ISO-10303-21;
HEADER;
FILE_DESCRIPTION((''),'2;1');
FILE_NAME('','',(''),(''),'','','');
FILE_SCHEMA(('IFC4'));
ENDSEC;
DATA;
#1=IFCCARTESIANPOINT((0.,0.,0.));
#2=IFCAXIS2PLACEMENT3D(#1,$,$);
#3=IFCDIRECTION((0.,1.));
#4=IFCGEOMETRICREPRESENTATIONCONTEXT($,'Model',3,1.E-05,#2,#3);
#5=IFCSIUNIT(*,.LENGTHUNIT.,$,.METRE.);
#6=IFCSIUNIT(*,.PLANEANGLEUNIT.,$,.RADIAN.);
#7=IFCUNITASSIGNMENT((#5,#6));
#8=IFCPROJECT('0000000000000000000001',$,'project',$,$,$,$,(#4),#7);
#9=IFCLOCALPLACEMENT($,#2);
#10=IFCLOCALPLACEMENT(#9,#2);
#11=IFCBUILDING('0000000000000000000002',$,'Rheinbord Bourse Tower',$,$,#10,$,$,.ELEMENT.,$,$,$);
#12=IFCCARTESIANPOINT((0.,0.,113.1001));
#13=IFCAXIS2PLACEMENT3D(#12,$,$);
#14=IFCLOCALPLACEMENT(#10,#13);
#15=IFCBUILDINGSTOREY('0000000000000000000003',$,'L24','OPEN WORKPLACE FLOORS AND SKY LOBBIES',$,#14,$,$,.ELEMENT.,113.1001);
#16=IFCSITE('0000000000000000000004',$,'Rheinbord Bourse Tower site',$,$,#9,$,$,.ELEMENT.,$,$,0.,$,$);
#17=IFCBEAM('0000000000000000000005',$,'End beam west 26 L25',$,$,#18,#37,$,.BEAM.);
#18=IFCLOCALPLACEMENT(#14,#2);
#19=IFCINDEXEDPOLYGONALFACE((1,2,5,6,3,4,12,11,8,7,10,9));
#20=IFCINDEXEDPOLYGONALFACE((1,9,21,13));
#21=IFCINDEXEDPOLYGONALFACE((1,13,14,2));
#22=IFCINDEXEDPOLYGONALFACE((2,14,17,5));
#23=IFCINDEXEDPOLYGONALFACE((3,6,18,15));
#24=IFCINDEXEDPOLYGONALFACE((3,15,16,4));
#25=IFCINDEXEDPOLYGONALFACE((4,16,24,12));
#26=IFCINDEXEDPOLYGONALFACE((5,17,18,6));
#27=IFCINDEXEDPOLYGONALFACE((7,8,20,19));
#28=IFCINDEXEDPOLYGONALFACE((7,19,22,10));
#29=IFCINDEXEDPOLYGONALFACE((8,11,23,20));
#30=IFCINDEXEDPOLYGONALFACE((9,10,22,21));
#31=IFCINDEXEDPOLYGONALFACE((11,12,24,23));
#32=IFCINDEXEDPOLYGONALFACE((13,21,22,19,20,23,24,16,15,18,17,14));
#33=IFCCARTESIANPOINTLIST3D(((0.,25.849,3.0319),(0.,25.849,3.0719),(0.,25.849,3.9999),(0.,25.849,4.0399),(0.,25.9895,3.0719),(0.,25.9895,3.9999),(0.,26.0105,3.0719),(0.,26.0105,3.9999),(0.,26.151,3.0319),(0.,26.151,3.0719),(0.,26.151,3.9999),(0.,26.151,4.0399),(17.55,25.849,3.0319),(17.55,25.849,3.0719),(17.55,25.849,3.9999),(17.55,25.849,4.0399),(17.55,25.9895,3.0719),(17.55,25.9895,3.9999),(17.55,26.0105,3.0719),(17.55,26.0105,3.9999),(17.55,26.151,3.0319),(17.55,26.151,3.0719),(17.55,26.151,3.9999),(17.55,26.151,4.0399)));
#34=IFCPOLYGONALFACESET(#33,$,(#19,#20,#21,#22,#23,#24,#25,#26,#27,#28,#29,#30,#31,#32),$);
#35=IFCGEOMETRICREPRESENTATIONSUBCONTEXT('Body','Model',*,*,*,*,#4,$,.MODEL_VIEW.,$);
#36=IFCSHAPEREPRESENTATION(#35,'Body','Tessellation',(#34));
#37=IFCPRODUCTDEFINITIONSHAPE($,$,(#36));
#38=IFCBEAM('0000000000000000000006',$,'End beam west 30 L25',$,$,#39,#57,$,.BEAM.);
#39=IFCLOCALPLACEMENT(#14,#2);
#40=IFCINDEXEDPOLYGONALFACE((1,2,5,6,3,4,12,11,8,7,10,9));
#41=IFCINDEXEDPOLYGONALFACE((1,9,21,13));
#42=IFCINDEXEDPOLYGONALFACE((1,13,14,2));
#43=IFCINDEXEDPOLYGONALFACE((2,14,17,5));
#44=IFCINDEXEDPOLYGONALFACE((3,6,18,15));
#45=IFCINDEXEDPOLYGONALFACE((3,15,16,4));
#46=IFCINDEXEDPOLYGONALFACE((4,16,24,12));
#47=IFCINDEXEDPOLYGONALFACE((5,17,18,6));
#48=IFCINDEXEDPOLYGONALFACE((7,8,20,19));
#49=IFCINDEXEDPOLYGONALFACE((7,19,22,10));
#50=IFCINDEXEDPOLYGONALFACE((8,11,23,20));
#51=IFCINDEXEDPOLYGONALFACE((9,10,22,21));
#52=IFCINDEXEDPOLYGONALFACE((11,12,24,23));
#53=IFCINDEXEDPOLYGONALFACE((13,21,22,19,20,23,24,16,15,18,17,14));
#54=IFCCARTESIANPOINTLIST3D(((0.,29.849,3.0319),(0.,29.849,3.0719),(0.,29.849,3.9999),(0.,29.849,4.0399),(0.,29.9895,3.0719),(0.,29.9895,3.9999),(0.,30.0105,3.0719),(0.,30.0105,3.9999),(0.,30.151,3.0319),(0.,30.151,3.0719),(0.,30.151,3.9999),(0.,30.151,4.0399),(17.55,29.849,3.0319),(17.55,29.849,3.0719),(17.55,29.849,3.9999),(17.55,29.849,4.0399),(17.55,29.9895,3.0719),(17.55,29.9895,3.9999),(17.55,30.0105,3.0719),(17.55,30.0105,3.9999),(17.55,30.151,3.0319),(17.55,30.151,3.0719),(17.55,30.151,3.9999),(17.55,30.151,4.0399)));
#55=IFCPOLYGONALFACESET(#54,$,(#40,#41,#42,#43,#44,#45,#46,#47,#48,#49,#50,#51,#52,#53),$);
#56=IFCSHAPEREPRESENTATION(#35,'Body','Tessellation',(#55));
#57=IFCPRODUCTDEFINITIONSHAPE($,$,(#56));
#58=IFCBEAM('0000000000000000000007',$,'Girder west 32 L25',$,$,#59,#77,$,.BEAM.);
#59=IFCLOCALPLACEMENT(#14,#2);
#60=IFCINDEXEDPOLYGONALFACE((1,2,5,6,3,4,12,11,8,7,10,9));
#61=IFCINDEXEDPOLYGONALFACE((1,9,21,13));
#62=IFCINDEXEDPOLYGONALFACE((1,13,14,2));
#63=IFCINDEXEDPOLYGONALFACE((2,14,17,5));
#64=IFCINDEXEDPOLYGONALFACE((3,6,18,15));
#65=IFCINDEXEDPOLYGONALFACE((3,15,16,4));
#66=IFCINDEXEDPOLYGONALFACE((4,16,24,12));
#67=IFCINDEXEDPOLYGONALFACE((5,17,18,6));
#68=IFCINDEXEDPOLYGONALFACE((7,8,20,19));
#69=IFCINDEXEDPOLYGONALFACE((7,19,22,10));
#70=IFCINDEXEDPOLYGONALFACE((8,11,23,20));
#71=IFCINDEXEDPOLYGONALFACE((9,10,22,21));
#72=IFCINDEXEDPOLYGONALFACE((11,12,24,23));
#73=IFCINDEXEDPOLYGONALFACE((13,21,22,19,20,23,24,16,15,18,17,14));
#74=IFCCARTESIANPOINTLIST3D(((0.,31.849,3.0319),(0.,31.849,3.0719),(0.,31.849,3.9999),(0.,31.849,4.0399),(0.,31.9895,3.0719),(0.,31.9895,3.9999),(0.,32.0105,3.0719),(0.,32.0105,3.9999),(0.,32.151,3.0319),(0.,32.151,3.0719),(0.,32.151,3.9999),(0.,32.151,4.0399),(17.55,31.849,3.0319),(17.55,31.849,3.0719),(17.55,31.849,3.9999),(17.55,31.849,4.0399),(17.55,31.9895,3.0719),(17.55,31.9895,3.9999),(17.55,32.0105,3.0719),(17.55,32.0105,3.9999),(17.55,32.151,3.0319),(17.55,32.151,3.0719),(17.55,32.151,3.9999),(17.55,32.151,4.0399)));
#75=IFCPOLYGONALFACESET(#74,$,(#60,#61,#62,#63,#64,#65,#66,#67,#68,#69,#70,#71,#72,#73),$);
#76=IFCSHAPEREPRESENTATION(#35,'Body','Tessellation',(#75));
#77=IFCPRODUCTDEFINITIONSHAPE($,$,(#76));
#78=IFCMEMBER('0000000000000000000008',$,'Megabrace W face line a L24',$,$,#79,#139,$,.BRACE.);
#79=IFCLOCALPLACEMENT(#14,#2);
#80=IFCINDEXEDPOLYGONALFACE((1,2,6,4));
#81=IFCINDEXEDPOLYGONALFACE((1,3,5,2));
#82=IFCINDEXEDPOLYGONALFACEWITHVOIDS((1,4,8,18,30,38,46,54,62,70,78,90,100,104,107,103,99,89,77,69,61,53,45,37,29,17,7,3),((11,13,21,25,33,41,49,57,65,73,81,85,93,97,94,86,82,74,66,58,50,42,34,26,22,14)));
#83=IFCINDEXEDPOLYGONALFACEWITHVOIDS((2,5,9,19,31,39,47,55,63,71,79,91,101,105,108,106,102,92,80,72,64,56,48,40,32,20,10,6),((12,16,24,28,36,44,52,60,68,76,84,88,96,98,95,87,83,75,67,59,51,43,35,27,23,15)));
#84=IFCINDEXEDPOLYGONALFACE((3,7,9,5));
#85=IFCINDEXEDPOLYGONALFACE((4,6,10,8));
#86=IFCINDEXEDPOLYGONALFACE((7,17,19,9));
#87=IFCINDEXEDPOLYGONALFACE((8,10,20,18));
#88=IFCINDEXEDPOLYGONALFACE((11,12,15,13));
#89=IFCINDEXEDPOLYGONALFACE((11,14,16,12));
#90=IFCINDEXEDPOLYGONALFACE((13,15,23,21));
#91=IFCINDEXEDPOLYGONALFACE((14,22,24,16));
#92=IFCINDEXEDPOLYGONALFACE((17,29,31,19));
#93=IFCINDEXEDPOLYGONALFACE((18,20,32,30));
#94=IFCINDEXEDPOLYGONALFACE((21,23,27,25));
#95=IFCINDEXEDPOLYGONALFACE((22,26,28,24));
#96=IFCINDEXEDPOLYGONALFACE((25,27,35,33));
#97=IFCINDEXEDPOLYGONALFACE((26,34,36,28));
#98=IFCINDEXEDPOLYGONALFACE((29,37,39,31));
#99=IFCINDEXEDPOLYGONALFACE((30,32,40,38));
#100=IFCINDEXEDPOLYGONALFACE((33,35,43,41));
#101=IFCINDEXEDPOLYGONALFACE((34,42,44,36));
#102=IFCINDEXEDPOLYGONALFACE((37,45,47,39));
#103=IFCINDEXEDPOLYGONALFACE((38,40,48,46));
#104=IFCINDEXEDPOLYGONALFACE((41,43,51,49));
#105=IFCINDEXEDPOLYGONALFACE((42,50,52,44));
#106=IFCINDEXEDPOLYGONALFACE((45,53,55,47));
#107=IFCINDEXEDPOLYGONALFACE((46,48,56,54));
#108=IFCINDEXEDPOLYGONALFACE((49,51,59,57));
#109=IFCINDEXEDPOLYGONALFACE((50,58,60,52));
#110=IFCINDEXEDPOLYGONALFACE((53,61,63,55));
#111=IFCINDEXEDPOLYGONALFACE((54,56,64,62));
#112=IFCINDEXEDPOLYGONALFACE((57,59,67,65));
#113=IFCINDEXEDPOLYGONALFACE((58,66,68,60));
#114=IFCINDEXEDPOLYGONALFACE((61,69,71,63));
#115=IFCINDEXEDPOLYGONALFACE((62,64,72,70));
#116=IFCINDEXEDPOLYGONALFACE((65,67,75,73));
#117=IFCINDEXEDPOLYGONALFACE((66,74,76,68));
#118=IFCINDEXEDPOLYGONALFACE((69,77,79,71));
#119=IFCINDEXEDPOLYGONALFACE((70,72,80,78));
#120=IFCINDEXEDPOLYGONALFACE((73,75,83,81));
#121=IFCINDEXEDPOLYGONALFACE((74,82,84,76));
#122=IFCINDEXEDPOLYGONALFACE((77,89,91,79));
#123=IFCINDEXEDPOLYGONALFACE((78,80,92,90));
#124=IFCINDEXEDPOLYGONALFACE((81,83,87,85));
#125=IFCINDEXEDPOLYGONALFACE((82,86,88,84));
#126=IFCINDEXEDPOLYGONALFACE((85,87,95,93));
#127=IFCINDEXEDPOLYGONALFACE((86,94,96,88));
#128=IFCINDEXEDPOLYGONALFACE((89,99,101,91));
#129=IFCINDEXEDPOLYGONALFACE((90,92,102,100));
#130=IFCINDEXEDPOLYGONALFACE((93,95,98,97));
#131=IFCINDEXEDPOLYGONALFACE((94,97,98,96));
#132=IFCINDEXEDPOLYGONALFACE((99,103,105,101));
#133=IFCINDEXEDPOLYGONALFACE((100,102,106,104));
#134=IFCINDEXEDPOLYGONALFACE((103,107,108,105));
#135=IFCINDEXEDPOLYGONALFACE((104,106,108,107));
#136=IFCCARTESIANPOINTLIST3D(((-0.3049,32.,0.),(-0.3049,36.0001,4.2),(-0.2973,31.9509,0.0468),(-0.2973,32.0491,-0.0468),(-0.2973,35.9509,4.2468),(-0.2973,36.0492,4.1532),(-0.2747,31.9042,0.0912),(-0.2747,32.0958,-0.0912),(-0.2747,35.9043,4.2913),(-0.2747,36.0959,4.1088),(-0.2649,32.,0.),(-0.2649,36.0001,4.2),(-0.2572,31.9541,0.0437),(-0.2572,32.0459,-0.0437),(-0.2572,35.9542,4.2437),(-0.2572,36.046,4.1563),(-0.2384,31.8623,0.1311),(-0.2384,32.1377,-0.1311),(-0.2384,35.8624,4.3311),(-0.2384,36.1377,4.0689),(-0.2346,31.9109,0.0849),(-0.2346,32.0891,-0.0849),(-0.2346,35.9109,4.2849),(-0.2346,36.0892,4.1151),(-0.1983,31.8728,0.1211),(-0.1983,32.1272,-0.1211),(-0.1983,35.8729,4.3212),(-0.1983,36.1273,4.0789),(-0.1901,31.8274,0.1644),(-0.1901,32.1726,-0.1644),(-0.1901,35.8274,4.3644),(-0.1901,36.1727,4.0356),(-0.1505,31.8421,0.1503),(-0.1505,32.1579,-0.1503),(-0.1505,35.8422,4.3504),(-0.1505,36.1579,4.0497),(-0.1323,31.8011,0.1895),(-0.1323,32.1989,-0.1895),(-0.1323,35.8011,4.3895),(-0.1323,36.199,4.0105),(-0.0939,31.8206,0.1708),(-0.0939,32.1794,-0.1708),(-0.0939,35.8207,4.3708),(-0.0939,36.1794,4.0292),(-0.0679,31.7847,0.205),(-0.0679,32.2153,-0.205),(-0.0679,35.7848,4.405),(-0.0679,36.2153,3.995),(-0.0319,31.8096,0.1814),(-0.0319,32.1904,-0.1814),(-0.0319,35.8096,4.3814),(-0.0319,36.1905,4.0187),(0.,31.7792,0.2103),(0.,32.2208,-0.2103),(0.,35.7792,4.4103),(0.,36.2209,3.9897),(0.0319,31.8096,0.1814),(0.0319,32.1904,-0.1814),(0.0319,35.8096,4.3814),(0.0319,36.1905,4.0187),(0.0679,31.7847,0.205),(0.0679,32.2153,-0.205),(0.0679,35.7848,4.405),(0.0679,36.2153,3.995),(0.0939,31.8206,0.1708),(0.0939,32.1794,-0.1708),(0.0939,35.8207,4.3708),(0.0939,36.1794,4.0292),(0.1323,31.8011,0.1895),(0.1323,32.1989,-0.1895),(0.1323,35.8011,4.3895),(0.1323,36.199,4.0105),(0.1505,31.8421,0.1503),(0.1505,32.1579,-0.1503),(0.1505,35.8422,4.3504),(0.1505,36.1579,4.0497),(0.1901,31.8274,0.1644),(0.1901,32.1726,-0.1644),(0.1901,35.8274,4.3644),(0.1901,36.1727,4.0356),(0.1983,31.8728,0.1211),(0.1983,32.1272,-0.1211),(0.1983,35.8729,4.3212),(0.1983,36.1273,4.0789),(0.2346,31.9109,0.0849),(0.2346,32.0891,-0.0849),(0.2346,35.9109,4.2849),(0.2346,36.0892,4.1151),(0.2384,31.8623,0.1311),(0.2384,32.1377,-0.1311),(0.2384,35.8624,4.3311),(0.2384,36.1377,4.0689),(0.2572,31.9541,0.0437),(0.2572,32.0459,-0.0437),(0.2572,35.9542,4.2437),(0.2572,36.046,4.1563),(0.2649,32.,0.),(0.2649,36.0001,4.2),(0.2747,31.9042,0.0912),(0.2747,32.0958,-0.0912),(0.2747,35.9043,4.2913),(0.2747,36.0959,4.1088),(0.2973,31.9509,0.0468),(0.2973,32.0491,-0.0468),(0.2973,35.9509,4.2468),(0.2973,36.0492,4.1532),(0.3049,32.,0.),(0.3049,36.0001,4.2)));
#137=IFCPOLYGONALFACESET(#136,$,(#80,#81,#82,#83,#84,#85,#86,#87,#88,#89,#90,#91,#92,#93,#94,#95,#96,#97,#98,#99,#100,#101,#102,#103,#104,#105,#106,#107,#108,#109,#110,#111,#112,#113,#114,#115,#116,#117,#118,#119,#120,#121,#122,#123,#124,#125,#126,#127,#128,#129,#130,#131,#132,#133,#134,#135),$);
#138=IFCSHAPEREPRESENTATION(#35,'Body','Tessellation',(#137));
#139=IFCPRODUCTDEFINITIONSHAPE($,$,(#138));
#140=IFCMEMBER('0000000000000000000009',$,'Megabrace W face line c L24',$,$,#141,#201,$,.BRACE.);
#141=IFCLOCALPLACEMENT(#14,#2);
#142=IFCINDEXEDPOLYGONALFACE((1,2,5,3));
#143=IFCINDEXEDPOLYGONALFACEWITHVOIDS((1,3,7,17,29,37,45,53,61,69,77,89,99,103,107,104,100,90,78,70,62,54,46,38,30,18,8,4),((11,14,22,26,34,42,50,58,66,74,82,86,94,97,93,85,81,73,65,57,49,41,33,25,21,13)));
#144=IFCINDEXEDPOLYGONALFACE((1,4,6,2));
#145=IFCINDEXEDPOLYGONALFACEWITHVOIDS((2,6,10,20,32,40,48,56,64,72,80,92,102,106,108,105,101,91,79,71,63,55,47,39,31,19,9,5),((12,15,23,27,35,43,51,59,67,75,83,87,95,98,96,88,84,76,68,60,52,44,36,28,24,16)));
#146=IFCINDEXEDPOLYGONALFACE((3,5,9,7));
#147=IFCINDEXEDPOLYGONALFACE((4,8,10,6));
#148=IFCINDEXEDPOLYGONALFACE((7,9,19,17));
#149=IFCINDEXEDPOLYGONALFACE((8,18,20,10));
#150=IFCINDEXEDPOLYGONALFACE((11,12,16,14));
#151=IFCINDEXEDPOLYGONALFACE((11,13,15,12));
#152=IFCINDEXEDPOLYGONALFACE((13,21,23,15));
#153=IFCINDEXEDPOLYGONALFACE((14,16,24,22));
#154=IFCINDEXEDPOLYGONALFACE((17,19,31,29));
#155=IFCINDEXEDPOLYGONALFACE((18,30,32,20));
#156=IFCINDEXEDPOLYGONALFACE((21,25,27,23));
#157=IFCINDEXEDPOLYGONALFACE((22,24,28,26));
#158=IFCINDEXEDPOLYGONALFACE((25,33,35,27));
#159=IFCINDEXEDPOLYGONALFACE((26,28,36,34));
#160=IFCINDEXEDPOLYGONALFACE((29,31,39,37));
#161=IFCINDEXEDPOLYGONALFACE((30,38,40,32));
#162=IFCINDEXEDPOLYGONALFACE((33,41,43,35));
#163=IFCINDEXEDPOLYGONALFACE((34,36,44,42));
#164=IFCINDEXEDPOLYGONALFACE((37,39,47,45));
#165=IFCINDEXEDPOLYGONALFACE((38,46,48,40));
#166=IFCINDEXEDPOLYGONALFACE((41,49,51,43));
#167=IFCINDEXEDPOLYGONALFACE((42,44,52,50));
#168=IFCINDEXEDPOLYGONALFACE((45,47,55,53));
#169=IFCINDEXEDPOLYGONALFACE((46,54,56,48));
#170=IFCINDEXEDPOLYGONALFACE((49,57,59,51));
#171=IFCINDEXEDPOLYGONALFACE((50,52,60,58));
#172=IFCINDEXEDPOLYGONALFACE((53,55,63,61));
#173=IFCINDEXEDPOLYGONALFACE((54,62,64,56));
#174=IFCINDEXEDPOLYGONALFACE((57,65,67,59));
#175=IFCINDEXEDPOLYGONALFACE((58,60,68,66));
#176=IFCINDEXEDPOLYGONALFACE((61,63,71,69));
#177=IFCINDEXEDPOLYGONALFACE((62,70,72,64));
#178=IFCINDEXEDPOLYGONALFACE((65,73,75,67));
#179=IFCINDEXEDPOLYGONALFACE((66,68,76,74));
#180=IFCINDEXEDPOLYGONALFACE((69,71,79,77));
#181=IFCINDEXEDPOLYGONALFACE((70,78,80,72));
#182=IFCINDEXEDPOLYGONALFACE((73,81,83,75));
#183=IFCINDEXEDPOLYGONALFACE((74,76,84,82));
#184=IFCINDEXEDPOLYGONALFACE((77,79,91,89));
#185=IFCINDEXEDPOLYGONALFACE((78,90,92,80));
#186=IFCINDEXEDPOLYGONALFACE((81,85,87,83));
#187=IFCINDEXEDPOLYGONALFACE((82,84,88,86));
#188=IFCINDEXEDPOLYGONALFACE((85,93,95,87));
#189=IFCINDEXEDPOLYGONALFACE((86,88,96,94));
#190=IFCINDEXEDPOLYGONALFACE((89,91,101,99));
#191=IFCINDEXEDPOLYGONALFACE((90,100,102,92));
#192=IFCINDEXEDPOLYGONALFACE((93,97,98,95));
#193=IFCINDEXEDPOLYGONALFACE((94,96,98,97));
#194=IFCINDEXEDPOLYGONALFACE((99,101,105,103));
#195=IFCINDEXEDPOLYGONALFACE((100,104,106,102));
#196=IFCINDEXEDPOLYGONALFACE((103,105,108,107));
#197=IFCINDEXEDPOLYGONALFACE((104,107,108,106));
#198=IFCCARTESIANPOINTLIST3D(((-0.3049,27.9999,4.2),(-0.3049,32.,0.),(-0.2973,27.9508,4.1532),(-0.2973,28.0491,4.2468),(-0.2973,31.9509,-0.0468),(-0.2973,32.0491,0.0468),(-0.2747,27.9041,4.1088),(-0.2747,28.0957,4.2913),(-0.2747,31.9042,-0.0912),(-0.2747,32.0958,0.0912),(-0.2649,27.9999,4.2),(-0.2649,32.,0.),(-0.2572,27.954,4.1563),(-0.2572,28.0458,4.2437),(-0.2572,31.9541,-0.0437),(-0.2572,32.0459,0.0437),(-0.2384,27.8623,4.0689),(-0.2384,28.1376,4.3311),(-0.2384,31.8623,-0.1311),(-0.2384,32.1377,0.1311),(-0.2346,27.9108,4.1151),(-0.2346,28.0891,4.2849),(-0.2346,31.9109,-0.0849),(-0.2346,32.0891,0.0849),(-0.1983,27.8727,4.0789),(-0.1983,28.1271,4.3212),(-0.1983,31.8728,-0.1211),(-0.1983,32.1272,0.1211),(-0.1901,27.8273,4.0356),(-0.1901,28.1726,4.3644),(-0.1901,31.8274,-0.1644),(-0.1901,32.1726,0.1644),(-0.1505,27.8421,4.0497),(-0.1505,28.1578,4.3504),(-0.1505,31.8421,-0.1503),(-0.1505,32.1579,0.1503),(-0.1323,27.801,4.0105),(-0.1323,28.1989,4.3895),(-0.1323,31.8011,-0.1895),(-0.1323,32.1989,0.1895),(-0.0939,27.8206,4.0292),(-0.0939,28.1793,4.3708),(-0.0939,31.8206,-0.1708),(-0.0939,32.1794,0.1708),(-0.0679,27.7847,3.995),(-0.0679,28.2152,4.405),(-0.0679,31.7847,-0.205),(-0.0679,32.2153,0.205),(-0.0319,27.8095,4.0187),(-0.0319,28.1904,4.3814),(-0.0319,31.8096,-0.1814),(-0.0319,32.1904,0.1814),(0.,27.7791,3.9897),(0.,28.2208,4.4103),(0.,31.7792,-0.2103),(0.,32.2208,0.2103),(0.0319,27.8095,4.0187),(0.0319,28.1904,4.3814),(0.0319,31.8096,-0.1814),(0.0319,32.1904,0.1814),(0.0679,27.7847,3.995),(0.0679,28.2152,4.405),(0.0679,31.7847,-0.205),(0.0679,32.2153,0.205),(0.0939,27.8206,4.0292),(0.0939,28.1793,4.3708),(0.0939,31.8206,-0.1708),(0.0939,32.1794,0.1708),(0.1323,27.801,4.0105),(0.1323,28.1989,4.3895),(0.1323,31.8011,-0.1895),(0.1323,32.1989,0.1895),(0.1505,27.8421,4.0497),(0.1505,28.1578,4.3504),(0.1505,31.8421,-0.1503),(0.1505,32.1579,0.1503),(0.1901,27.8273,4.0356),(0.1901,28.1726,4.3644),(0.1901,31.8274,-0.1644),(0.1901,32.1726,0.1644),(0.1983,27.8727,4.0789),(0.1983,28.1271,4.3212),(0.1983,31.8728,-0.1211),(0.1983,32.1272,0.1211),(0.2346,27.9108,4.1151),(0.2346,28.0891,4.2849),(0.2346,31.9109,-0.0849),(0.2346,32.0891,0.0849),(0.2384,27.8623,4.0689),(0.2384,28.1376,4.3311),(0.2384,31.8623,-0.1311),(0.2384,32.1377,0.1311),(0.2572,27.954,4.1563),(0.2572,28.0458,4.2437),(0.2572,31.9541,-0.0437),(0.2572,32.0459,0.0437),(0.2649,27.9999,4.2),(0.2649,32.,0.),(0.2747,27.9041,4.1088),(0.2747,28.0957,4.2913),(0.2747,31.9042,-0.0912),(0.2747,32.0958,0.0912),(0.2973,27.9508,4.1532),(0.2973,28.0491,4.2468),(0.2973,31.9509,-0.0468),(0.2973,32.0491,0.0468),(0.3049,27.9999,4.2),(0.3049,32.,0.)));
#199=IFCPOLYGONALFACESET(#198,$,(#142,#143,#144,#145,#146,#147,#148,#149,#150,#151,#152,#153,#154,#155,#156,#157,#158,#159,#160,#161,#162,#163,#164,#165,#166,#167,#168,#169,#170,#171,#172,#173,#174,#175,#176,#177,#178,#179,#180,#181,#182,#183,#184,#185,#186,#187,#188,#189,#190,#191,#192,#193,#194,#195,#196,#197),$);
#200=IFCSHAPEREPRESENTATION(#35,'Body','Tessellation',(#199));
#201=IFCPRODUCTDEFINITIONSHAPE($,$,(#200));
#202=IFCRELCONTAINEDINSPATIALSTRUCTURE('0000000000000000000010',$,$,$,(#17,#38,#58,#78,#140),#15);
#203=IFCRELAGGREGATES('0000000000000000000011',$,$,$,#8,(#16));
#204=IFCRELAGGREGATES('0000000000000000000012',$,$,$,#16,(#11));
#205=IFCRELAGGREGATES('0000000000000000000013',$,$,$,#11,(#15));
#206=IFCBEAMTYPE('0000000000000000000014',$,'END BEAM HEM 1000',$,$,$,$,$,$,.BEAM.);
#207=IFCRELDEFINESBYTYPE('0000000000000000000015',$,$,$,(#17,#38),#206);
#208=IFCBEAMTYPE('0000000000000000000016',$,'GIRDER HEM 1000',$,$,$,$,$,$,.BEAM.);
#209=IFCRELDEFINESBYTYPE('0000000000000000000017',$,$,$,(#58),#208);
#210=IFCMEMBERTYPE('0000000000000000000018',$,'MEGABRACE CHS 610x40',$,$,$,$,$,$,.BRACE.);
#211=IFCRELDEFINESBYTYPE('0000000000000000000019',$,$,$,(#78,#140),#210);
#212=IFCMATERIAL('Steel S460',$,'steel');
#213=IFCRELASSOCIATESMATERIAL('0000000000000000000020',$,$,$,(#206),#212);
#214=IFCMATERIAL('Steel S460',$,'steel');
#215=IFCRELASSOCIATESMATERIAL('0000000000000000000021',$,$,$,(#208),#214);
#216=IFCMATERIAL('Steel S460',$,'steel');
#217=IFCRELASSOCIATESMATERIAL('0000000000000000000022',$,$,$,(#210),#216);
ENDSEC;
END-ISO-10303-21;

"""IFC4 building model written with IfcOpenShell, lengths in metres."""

from ifc_helpers import new_model, si_unit, direction, frame, origin, origin_2d, place, context, subcontext, project, spatial, hollow_circle, i_section, extrude, material, material_profile, profile_set, type_object, element, save


model = new_model("IFC4")

# Units and contexts
model_context = context("Model", 3, precision=1e-05, world=origin(), true_north=direction((0.0, 1.0)))
body_context = subcontext(model_context, "Body", "Model", "MODEL_VIEW")
ifc_project = project(units=[si_unit("LENGTHUNIT", "METRE"), si_unit("PLANEANGLEUNIT", "RADIAN")], contexts=[model_context])

# Site, building, storey
site_placement = place(None, origin())
site = spatial("IfcSite", under=ifc_project, at=site_placement, Name="Rheinbord Bourse Tower site", CompositionType="ELEMENT", RefElevation=0.0)
building_placement = place(site_placement, origin())
building = spatial("IfcBuilding", under=site, at=building_placement, Name="Rheinbord Bourse Tower", CompositionType="ELEMENT")
storey_placement = place(building_placement, frame((0.0, 0.0, 113.1001)))
storey = spatial("IfcBuildingStorey", under=building, at=storey_placement, Name="L24", Description="OPEN WORKPLACE FLOORS AND SKY LOBBIES", CompositionType="ELEMENT", Elevation=113.1001)

# Beams
ifc_material_1 = material(Name="Steel S460", Category="steel")
ifc_material_profile_1 = material_profile(ifc_material_1, i_section(OverallWidth=0.302, OverallDepth=1.0081, WebThickness=0.021, FlangeThickness=0.04, at=origin_2d()), Name="HEM 1000")
ifc_profile_set_1 = profile_set([ifc_material_profile_1], Name="Steel S460")
beam_type_1 = type_object("IfcBeamType", Name="END BEAM HEM 1000", PredefinedType="BEAM", material=ifc_profile_set_1)
for number, where, z_axis, x_axis, name in (
    (1, (0.0, 26.0, 3.5359), (1.0, 0.0, 0.0), (0.0, 1.0, 0.0), "End beam west 26 L25"),
    (2, (0.0, 30.0, 3.5359), (1.0, 0.0, 0.0), (0.0, 1.0, 0.0), "End beam west 30 L25"),
):
    element("IfcBeam", number, at=place(storey_placement, frame(where, z_axis=z_axis, x_axis=x_axis)), inside=storey, type_object=beam_type_1, Name=name, PredefinedType="BEAM", context=body_context, shape_type="SweptSolid", body=[
        extrude(i_section(OverallWidth=0.302, OverallDepth=1.0081, WebThickness=0.021, FlangeThickness=0.04, at=origin_2d()), origin(), (0.0, 0.0, 1.0), 17.55),
    ])
ifc_material_2 = material(Name="Steel S460", Category="steel")
ifc_material_profile_2 = material_profile(ifc_material_2, i_section(OverallWidth=0.302, OverallDepth=1.0081, WebThickness=0.021, FlangeThickness=0.04, at=origin_2d()), Name="HEM 1000")
ifc_profile_set_2 = profile_set([ifc_material_profile_2], Name="Steel S460")
beam_type_2 = type_object("IfcBeamType", Name="GIRDER HEM 1000", PredefinedType="BEAM", material=ifc_profile_set_2)
beam_1_placement = place(storey_placement, frame((0.0, 32.0, 3.5359), z_axis=(1.0, 0.0, 0.0), x_axis=(0.0, 1.0, 0.0)))
element("IfcBeam", 3, at=beam_1_placement, inside=storey, type_object=beam_type_2, Name="Girder west 32 L25", PredefinedType="BEAM", context=body_context, shape_type="SweptSolid", body=[
    extrude(i_section(OverallWidth=0.302, OverallDepth=1.0081, WebThickness=0.021, FlangeThickness=0.04, at=origin_2d()), origin(), (0.0, 0.0, 1.0), 17.55),
])

# Members
ifc_material_3 = material(Name="Steel S460", Category="steel")
ifc_material_profile_3 = material_profile(ifc_material_3, hollow_circle(Radius=0.3049, WallThickness=0.04, at=origin_2d()), Name="CHS 610x40")
ifc_profile_set_3 = profile_set([ifc_material_profile_3], Name="Steel S460")
member_type_1 = type_object("IfcMemberType", Name="MEGABRACE CHS 610x40", PredefinedType="BRACE", material=ifc_profile_set_3)
for number, where, z_axis, x_axis, name in (
    (4, (0.0, 32.0, 0.0), (0.0, 0.689659, 0.724134), (-1.0, 0.0, 0.0), "Megabrace W face line a L24"),
    (5, (0.0, 32.0, 0.0), (0.0, -0.689659, 0.724134), (1.0, 0.0, 0.0), "Megabrace W face line c L24"),
):
    element("IfcMember", number, at=place(storey_placement, frame(where, z_axis=z_axis, x_axis=x_axis)), inside=storey, type_object=member_type_1, Name=name, PredefinedType="BRACE", context=body_context, shape_type="SweptSolid", body=[
        extrude(hollow_circle(Radius=0.3049, WallThickness=0.04, at=origin_2d()), origin(), (0.0, 0.0, 1.0), 5.8),
    ])

save(model, "model.ifc")
